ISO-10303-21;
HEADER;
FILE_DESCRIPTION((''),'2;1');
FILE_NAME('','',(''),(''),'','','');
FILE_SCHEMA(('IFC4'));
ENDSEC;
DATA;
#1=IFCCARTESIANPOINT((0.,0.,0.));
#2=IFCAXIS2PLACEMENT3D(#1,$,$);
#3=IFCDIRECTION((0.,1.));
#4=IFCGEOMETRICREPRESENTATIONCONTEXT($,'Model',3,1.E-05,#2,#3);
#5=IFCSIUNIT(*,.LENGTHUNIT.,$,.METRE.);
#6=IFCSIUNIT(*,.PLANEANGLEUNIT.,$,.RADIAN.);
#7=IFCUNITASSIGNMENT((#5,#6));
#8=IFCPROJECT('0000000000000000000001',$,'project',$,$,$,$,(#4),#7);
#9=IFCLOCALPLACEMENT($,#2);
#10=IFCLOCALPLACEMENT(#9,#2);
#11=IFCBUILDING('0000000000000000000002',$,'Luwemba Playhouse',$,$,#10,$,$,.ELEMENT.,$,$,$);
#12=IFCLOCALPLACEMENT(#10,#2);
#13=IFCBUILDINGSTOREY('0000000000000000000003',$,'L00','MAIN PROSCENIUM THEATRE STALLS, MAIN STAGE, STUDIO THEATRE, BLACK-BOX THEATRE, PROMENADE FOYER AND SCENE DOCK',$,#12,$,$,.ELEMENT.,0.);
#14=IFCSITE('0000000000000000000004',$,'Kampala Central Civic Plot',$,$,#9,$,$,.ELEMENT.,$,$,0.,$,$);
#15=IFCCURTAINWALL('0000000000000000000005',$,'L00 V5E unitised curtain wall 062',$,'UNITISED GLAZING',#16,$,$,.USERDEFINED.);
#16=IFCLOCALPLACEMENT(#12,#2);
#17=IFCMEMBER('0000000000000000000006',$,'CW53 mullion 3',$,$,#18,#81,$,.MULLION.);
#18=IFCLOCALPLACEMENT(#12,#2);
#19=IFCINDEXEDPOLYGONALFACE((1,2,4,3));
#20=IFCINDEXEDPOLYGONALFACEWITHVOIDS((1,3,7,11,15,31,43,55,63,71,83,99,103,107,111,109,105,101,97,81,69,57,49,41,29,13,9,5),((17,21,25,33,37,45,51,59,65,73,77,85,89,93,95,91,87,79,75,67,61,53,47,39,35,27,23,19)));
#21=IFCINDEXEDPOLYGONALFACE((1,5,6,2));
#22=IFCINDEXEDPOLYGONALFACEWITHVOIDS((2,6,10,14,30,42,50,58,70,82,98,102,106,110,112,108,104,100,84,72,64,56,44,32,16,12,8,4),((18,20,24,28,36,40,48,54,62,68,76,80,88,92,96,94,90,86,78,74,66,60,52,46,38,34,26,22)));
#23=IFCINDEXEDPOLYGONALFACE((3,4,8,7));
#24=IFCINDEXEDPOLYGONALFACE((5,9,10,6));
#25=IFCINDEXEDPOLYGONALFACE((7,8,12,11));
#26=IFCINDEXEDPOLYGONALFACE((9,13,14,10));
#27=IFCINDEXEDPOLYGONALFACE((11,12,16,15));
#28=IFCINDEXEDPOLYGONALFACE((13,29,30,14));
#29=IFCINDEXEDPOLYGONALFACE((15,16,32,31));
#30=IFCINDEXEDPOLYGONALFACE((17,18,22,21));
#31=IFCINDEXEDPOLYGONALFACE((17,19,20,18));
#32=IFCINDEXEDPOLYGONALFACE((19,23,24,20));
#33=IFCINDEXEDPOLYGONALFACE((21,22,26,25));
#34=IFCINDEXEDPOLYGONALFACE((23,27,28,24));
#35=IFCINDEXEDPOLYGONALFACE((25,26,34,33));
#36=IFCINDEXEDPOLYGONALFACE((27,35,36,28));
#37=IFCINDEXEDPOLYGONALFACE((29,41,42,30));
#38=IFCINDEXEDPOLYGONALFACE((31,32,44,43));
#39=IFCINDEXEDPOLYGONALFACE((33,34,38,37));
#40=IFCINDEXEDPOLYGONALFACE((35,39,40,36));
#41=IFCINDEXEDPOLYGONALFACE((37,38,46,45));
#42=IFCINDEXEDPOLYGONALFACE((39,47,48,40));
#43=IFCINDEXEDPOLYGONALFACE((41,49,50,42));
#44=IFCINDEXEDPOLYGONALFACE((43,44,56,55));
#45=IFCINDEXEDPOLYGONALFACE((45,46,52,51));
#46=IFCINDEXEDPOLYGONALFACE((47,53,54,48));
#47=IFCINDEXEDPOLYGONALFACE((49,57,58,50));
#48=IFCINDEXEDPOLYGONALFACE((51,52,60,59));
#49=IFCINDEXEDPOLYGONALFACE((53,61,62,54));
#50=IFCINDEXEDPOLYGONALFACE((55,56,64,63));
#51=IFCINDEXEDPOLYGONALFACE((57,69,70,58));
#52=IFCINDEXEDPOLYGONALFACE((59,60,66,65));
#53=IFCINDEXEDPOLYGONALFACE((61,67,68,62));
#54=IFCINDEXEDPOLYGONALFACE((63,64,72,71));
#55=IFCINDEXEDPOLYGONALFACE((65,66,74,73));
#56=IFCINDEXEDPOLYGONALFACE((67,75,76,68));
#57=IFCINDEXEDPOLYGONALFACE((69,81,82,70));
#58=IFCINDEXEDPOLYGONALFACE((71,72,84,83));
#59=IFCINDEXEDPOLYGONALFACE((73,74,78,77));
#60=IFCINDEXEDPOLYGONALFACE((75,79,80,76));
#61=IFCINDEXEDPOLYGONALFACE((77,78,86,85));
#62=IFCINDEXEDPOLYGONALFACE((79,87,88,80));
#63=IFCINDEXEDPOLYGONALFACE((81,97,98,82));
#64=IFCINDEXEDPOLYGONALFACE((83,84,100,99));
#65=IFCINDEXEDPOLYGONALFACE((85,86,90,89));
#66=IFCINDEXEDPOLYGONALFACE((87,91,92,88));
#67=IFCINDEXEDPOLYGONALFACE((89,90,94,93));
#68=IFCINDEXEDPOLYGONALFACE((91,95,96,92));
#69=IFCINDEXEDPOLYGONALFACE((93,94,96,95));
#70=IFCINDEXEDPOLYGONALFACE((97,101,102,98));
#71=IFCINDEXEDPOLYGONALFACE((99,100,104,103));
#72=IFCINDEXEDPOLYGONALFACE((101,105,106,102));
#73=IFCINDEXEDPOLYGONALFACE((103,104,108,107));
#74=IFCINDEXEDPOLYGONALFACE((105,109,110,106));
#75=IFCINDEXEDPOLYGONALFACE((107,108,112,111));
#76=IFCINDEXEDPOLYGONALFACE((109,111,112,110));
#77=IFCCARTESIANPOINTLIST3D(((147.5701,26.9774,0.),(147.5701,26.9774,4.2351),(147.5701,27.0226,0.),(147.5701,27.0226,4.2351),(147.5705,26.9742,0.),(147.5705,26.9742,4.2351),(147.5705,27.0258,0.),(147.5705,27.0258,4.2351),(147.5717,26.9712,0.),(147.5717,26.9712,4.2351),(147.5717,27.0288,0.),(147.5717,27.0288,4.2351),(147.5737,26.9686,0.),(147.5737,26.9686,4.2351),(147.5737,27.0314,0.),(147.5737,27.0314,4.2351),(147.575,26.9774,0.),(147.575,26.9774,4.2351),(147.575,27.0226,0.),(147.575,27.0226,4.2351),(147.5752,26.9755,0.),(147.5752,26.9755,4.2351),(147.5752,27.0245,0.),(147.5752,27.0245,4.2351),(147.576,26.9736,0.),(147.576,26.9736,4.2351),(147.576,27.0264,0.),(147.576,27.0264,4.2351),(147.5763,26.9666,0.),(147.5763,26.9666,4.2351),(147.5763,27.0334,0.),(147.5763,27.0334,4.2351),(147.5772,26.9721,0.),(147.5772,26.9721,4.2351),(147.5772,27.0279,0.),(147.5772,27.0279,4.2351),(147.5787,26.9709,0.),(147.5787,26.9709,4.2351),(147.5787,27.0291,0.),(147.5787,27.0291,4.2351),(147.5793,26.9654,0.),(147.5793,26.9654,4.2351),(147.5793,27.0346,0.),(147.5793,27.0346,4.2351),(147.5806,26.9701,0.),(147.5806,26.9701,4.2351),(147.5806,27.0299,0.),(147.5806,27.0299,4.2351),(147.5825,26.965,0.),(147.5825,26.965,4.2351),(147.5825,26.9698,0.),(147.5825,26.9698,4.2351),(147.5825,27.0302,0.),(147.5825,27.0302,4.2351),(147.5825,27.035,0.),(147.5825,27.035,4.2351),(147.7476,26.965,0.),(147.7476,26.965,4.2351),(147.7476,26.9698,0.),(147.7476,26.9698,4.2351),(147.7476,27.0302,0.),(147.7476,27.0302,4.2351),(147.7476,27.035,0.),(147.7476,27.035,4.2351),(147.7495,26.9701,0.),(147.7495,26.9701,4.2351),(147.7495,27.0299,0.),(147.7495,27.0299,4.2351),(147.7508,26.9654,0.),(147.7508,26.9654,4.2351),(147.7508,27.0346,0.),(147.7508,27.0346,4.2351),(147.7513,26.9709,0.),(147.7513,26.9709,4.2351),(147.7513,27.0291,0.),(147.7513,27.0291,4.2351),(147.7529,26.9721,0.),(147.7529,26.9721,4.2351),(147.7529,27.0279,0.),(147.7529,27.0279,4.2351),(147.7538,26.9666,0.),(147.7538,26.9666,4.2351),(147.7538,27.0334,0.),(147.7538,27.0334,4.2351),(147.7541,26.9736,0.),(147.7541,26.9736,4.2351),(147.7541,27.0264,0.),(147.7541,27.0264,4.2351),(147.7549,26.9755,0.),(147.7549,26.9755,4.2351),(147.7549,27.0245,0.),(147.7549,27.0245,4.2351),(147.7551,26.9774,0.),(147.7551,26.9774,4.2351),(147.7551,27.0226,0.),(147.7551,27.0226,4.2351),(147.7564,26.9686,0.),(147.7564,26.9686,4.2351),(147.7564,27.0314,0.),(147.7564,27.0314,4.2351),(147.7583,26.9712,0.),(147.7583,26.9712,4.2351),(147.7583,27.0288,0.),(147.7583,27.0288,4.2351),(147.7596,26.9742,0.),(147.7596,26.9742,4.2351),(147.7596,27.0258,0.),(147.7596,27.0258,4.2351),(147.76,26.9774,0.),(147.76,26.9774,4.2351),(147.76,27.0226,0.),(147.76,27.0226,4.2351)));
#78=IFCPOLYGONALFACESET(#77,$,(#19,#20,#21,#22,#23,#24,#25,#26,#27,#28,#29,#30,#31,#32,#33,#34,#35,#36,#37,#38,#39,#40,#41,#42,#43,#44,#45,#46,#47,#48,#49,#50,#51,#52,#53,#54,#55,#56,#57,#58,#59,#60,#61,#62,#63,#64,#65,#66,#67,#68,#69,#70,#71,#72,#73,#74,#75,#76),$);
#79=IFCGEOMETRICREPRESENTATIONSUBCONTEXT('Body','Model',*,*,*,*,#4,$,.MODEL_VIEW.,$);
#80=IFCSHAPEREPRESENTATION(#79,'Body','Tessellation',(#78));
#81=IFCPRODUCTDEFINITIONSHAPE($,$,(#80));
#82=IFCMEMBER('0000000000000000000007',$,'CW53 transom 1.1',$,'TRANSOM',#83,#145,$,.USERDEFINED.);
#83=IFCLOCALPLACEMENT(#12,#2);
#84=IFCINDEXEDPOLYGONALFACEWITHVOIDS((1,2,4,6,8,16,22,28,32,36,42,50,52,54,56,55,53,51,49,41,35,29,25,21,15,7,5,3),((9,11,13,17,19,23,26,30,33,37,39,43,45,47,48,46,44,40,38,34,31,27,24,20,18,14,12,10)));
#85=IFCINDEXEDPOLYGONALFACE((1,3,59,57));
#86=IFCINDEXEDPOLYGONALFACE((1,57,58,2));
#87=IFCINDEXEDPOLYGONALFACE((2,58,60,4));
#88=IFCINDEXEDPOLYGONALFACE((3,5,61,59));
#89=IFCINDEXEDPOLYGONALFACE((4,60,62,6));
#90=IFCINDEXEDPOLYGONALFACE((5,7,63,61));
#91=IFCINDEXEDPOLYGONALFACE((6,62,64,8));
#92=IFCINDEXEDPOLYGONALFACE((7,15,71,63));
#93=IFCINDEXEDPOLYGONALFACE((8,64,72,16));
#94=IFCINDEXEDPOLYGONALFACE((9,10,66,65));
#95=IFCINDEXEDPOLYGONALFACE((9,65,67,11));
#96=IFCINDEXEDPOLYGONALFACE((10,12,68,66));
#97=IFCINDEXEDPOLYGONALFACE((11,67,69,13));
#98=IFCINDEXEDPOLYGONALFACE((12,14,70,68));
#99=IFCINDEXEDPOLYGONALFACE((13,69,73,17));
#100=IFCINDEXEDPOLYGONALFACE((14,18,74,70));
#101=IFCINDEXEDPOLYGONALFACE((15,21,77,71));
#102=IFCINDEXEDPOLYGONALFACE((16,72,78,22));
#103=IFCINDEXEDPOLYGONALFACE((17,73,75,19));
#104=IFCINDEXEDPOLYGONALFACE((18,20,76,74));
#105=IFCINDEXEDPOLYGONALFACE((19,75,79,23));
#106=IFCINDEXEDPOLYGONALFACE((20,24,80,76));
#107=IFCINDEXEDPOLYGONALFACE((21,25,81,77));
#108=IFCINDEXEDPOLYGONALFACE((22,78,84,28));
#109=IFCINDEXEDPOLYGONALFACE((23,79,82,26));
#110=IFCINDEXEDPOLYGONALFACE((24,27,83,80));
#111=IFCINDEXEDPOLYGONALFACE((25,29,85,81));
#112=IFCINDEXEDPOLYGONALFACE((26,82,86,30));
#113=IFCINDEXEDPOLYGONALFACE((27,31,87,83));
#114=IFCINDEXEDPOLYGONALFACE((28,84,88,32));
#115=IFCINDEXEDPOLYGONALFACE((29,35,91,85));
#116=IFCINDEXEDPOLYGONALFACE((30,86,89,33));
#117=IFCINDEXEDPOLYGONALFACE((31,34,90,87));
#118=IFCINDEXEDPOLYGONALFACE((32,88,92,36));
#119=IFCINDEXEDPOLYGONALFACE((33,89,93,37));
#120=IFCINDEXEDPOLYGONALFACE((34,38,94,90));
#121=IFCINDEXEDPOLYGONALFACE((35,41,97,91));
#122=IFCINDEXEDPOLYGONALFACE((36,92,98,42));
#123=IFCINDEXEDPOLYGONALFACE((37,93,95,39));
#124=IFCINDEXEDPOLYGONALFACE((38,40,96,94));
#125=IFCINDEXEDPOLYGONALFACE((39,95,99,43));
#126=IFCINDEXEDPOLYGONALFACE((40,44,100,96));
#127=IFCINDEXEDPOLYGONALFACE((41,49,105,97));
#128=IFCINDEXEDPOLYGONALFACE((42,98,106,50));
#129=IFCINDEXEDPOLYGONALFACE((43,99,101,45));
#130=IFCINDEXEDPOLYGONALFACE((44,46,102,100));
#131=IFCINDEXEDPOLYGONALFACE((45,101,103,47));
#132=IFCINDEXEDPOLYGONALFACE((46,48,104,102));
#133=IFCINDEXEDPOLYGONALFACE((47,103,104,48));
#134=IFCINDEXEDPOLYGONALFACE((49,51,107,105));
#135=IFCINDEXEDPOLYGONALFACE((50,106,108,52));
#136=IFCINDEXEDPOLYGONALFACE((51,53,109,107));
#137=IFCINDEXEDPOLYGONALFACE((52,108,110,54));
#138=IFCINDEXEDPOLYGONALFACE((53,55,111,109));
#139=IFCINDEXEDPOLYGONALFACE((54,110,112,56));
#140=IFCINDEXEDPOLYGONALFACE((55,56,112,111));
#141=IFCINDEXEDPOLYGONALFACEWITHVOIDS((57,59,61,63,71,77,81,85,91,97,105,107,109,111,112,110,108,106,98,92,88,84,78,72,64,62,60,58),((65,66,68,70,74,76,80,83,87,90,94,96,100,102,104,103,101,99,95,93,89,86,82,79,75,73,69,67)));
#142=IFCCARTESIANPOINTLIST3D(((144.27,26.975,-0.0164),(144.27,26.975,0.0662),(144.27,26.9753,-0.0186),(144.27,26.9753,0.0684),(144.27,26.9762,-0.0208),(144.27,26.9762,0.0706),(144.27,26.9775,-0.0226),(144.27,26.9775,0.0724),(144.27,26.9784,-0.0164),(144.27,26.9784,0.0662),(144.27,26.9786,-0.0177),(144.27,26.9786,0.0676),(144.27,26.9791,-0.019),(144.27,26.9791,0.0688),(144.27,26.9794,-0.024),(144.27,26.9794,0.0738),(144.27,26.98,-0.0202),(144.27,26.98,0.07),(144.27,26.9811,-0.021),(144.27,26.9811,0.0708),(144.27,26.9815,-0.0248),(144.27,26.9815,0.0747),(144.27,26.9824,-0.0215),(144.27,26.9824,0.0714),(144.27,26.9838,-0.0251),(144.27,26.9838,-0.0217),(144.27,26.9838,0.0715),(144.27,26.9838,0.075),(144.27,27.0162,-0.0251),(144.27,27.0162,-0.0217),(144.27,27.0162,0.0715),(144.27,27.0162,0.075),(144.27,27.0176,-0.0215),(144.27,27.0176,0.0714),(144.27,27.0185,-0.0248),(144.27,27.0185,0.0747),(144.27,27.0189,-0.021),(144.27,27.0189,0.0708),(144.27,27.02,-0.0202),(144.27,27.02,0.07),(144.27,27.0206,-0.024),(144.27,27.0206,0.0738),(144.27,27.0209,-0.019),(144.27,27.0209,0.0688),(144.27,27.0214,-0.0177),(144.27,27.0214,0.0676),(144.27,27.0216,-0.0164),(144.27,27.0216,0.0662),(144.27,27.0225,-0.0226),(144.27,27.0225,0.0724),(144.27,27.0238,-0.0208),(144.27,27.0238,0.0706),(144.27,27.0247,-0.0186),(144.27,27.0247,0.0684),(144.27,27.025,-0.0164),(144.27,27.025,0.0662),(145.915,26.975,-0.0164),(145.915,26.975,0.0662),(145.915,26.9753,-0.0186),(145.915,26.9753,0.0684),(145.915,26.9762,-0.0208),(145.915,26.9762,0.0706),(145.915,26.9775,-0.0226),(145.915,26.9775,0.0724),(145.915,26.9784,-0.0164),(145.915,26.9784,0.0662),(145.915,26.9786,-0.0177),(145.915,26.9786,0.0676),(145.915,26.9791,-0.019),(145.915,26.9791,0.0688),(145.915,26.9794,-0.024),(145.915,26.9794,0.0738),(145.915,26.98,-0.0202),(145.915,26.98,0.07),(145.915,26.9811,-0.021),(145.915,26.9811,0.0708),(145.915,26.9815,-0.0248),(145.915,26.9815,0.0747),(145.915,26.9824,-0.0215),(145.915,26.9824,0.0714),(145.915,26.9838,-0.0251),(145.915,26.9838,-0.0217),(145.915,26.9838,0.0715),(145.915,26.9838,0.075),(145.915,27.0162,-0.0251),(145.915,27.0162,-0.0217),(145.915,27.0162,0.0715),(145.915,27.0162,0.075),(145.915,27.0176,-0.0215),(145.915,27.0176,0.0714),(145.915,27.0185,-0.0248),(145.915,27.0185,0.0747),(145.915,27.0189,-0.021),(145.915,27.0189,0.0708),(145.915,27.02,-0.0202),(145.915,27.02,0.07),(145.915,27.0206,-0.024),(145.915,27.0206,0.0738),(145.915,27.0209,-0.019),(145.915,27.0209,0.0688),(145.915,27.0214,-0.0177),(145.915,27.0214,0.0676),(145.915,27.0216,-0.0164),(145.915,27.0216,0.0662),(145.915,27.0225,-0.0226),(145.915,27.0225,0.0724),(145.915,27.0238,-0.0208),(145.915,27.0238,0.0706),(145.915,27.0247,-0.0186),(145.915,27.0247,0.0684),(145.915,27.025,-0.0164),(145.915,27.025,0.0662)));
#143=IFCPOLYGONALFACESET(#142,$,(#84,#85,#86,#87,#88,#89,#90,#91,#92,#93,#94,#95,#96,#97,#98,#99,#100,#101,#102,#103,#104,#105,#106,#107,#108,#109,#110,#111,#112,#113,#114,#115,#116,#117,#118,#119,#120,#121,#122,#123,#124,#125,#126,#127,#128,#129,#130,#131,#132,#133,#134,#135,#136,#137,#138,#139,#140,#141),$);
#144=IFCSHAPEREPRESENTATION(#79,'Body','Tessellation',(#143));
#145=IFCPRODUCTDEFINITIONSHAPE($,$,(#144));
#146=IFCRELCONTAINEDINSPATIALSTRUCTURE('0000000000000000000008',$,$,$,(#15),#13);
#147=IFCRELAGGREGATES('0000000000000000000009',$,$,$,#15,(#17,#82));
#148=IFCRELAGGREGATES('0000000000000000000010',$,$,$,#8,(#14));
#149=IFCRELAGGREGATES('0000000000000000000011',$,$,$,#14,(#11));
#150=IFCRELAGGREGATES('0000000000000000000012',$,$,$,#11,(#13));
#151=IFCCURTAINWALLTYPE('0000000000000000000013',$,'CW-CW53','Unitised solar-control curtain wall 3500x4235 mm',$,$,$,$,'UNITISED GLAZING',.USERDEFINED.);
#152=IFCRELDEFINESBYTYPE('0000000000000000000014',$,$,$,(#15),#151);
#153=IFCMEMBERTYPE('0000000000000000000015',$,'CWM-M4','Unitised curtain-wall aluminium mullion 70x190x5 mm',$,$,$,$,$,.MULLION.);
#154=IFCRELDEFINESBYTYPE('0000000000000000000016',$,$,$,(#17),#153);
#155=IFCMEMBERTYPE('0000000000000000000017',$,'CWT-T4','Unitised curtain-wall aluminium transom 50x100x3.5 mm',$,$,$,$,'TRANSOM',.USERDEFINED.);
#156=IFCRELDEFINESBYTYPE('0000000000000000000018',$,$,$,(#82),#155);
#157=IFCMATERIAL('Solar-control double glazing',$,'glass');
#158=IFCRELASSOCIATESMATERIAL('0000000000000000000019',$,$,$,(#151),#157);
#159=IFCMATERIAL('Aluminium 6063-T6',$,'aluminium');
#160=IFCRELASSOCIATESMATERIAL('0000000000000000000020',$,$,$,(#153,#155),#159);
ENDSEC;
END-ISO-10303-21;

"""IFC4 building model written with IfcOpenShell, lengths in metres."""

from ifc_helpers import new_model, si_unit, direction, frame, origin, origin_2d, place, context, subcontext, project, spatial, hollow_rectangle, extrude, material, material_profile, profile_set, type_object, element, aggregate, save


model = new_model("IFC4")

# Units and contexts
model_context = context("Model", 3, precision=1e-05, world=origin(), true_north=direction((0.0, 1.0)))
body_context = subcontext(model_context, "Body", "Model", "MODEL_VIEW")
ifc_project = project(units=[si_unit("LENGTHUNIT", "METRE"), si_unit("PLANEANGLEUNIT", "RADIAN")], contexts=[model_context])

# Site, building, storey
site_placement = place(None, origin())
site = spatial("IfcSite", under=ifc_project, at=site_placement, Name="Kampala Central Civic Plot", CompositionType="ELEMENT", RefElevation=0.0)
building_placement = place(site_placement, origin())
building = spatial("IfcBuilding", under=site, at=building_placement, Name="Luwemba Playhouse", CompositionType="ELEMENT")
storey_placement = place(building_placement, origin())
storey = spatial("IfcBuildingStorey", under=building, at=storey_placement, Name="L00", Description="MAIN PROSCENIUM THEATRE STALLS, MAIN STAGE, STUDIO THEATRE, BLACK-BOX THEATRE, PROMENADE FOYER AND SCENE DOCK", CompositionType="ELEMENT", Elevation=0.0)

# Curtain wall, members
ifc_material_1 = material(Name="Solar-control double glazing", Category="glass")
curtain_wall_type = type_object("IfcCurtainWallType", Name="CW-CW53", Description="Unitised solar-control curtain wall 3500x4235 mm", ElementType="UNITISED GLAZING", PredefinedType="USERDEFINED", material=ifc_material_1)
curtain_wall_placement = place(storey_placement, origin())
curtain_wall = element("IfcCurtainWall", 1, at=curtain_wall_placement, inside=storey, type_object=curtain_wall_type, Name="L00 V5E unitised curtain wall 062", ObjectType="UNITISED GLAZING", PredefinedType="USERDEFINED")
ifc_material_2 = material(Name="Aluminium 6063-T6", Category="aluminium")
ifc_material_profile_1 = material_profile(ifc_material_2, hollow_rectangle(XDim=0.0701, YDim=0.1899, WallThickness=0.0049, InnerFilletRadius=0.0076, OuterFilletRadius=0.0125, at=origin_2d()))
ifc_profile_set_1 = profile_set([ifc_material_profile_1], Name="Aluminium 6063-T6")
member_type_1 = type_object("IfcMemberType", Name="CWM-M4", Description="Unitised curtain-wall aluminium mullion 70x190x5 mm", PredefinedType="MULLION", material=ifc_profile_set_1)
member_1_placement = place(storey_placement, frame((147.665, 27.0, 0.0), z_axis=(0.0, 0.0, 1.0), x_axis=(0.0, 1.0, 0.0)))
member_1 = element("IfcMember", 2, at=member_1_placement, type_object=member_type_1, Name="CW53 mullion 3", PredefinedType="MULLION", context=body_context, shape_type="SweptSolid", body=[
    extrude(hollow_rectangle(XDim=0.0701, YDim=0.1899, WallThickness=0.0049, InnerFilletRadius=0.0076, OuterFilletRadius=0.0125, at=origin_2d()), origin(), (0.0, 0.0, 1.0), 4.2351),
])
ifc_material_profile_2 = material_profile(ifc_material_2, hollow_rectangle(XDim=0.05, YDim=0.1001, WallThickness=0.0034, InnerFilletRadius=0.0054, OuterFilletRadius=0.0088, at=origin_2d()))
ifc_profile_set_2 = profile_set([ifc_material_profile_2], Name="Aluminium 6063-T6")
member_type_2 = type_object("IfcMemberType", Name="CWT-T4", Description="Unitised curtain-wall aluminium transom 50x100x3.5 mm", ElementType="TRANSOM", PredefinedType="USERDEFINED", material=ifc_profile_set_2)
member_2_placement = place(storey_placement, frame((144.27, 27.0, 0.0249), z_axis=(1.0, 0.0, 0.0), x_axis=(0.0, 1.0, 0.0)))
member_2 = element("IfcMember", 3, at=member_2_placement, type_object=member_type_2, Name="CW53 transom 1.1", ObjectType="TRANSOM", PredefinedType="USERDEFINED", context=body_context, shape_type="SweptSolid", body=[
    extrude(hollow_rectangle(XDim=0.05, YDim=0.1001, WallThickness=0.0034, InnerFilletRadius=0.0054, OuterFilletRadius=0.0088, at=origin_2d()), origin(), (0.0, 0.0, 1.0), 1.645),
])
aggregate(curtain_wall, [member_1, member_2])

save(model, "model.ifc")
